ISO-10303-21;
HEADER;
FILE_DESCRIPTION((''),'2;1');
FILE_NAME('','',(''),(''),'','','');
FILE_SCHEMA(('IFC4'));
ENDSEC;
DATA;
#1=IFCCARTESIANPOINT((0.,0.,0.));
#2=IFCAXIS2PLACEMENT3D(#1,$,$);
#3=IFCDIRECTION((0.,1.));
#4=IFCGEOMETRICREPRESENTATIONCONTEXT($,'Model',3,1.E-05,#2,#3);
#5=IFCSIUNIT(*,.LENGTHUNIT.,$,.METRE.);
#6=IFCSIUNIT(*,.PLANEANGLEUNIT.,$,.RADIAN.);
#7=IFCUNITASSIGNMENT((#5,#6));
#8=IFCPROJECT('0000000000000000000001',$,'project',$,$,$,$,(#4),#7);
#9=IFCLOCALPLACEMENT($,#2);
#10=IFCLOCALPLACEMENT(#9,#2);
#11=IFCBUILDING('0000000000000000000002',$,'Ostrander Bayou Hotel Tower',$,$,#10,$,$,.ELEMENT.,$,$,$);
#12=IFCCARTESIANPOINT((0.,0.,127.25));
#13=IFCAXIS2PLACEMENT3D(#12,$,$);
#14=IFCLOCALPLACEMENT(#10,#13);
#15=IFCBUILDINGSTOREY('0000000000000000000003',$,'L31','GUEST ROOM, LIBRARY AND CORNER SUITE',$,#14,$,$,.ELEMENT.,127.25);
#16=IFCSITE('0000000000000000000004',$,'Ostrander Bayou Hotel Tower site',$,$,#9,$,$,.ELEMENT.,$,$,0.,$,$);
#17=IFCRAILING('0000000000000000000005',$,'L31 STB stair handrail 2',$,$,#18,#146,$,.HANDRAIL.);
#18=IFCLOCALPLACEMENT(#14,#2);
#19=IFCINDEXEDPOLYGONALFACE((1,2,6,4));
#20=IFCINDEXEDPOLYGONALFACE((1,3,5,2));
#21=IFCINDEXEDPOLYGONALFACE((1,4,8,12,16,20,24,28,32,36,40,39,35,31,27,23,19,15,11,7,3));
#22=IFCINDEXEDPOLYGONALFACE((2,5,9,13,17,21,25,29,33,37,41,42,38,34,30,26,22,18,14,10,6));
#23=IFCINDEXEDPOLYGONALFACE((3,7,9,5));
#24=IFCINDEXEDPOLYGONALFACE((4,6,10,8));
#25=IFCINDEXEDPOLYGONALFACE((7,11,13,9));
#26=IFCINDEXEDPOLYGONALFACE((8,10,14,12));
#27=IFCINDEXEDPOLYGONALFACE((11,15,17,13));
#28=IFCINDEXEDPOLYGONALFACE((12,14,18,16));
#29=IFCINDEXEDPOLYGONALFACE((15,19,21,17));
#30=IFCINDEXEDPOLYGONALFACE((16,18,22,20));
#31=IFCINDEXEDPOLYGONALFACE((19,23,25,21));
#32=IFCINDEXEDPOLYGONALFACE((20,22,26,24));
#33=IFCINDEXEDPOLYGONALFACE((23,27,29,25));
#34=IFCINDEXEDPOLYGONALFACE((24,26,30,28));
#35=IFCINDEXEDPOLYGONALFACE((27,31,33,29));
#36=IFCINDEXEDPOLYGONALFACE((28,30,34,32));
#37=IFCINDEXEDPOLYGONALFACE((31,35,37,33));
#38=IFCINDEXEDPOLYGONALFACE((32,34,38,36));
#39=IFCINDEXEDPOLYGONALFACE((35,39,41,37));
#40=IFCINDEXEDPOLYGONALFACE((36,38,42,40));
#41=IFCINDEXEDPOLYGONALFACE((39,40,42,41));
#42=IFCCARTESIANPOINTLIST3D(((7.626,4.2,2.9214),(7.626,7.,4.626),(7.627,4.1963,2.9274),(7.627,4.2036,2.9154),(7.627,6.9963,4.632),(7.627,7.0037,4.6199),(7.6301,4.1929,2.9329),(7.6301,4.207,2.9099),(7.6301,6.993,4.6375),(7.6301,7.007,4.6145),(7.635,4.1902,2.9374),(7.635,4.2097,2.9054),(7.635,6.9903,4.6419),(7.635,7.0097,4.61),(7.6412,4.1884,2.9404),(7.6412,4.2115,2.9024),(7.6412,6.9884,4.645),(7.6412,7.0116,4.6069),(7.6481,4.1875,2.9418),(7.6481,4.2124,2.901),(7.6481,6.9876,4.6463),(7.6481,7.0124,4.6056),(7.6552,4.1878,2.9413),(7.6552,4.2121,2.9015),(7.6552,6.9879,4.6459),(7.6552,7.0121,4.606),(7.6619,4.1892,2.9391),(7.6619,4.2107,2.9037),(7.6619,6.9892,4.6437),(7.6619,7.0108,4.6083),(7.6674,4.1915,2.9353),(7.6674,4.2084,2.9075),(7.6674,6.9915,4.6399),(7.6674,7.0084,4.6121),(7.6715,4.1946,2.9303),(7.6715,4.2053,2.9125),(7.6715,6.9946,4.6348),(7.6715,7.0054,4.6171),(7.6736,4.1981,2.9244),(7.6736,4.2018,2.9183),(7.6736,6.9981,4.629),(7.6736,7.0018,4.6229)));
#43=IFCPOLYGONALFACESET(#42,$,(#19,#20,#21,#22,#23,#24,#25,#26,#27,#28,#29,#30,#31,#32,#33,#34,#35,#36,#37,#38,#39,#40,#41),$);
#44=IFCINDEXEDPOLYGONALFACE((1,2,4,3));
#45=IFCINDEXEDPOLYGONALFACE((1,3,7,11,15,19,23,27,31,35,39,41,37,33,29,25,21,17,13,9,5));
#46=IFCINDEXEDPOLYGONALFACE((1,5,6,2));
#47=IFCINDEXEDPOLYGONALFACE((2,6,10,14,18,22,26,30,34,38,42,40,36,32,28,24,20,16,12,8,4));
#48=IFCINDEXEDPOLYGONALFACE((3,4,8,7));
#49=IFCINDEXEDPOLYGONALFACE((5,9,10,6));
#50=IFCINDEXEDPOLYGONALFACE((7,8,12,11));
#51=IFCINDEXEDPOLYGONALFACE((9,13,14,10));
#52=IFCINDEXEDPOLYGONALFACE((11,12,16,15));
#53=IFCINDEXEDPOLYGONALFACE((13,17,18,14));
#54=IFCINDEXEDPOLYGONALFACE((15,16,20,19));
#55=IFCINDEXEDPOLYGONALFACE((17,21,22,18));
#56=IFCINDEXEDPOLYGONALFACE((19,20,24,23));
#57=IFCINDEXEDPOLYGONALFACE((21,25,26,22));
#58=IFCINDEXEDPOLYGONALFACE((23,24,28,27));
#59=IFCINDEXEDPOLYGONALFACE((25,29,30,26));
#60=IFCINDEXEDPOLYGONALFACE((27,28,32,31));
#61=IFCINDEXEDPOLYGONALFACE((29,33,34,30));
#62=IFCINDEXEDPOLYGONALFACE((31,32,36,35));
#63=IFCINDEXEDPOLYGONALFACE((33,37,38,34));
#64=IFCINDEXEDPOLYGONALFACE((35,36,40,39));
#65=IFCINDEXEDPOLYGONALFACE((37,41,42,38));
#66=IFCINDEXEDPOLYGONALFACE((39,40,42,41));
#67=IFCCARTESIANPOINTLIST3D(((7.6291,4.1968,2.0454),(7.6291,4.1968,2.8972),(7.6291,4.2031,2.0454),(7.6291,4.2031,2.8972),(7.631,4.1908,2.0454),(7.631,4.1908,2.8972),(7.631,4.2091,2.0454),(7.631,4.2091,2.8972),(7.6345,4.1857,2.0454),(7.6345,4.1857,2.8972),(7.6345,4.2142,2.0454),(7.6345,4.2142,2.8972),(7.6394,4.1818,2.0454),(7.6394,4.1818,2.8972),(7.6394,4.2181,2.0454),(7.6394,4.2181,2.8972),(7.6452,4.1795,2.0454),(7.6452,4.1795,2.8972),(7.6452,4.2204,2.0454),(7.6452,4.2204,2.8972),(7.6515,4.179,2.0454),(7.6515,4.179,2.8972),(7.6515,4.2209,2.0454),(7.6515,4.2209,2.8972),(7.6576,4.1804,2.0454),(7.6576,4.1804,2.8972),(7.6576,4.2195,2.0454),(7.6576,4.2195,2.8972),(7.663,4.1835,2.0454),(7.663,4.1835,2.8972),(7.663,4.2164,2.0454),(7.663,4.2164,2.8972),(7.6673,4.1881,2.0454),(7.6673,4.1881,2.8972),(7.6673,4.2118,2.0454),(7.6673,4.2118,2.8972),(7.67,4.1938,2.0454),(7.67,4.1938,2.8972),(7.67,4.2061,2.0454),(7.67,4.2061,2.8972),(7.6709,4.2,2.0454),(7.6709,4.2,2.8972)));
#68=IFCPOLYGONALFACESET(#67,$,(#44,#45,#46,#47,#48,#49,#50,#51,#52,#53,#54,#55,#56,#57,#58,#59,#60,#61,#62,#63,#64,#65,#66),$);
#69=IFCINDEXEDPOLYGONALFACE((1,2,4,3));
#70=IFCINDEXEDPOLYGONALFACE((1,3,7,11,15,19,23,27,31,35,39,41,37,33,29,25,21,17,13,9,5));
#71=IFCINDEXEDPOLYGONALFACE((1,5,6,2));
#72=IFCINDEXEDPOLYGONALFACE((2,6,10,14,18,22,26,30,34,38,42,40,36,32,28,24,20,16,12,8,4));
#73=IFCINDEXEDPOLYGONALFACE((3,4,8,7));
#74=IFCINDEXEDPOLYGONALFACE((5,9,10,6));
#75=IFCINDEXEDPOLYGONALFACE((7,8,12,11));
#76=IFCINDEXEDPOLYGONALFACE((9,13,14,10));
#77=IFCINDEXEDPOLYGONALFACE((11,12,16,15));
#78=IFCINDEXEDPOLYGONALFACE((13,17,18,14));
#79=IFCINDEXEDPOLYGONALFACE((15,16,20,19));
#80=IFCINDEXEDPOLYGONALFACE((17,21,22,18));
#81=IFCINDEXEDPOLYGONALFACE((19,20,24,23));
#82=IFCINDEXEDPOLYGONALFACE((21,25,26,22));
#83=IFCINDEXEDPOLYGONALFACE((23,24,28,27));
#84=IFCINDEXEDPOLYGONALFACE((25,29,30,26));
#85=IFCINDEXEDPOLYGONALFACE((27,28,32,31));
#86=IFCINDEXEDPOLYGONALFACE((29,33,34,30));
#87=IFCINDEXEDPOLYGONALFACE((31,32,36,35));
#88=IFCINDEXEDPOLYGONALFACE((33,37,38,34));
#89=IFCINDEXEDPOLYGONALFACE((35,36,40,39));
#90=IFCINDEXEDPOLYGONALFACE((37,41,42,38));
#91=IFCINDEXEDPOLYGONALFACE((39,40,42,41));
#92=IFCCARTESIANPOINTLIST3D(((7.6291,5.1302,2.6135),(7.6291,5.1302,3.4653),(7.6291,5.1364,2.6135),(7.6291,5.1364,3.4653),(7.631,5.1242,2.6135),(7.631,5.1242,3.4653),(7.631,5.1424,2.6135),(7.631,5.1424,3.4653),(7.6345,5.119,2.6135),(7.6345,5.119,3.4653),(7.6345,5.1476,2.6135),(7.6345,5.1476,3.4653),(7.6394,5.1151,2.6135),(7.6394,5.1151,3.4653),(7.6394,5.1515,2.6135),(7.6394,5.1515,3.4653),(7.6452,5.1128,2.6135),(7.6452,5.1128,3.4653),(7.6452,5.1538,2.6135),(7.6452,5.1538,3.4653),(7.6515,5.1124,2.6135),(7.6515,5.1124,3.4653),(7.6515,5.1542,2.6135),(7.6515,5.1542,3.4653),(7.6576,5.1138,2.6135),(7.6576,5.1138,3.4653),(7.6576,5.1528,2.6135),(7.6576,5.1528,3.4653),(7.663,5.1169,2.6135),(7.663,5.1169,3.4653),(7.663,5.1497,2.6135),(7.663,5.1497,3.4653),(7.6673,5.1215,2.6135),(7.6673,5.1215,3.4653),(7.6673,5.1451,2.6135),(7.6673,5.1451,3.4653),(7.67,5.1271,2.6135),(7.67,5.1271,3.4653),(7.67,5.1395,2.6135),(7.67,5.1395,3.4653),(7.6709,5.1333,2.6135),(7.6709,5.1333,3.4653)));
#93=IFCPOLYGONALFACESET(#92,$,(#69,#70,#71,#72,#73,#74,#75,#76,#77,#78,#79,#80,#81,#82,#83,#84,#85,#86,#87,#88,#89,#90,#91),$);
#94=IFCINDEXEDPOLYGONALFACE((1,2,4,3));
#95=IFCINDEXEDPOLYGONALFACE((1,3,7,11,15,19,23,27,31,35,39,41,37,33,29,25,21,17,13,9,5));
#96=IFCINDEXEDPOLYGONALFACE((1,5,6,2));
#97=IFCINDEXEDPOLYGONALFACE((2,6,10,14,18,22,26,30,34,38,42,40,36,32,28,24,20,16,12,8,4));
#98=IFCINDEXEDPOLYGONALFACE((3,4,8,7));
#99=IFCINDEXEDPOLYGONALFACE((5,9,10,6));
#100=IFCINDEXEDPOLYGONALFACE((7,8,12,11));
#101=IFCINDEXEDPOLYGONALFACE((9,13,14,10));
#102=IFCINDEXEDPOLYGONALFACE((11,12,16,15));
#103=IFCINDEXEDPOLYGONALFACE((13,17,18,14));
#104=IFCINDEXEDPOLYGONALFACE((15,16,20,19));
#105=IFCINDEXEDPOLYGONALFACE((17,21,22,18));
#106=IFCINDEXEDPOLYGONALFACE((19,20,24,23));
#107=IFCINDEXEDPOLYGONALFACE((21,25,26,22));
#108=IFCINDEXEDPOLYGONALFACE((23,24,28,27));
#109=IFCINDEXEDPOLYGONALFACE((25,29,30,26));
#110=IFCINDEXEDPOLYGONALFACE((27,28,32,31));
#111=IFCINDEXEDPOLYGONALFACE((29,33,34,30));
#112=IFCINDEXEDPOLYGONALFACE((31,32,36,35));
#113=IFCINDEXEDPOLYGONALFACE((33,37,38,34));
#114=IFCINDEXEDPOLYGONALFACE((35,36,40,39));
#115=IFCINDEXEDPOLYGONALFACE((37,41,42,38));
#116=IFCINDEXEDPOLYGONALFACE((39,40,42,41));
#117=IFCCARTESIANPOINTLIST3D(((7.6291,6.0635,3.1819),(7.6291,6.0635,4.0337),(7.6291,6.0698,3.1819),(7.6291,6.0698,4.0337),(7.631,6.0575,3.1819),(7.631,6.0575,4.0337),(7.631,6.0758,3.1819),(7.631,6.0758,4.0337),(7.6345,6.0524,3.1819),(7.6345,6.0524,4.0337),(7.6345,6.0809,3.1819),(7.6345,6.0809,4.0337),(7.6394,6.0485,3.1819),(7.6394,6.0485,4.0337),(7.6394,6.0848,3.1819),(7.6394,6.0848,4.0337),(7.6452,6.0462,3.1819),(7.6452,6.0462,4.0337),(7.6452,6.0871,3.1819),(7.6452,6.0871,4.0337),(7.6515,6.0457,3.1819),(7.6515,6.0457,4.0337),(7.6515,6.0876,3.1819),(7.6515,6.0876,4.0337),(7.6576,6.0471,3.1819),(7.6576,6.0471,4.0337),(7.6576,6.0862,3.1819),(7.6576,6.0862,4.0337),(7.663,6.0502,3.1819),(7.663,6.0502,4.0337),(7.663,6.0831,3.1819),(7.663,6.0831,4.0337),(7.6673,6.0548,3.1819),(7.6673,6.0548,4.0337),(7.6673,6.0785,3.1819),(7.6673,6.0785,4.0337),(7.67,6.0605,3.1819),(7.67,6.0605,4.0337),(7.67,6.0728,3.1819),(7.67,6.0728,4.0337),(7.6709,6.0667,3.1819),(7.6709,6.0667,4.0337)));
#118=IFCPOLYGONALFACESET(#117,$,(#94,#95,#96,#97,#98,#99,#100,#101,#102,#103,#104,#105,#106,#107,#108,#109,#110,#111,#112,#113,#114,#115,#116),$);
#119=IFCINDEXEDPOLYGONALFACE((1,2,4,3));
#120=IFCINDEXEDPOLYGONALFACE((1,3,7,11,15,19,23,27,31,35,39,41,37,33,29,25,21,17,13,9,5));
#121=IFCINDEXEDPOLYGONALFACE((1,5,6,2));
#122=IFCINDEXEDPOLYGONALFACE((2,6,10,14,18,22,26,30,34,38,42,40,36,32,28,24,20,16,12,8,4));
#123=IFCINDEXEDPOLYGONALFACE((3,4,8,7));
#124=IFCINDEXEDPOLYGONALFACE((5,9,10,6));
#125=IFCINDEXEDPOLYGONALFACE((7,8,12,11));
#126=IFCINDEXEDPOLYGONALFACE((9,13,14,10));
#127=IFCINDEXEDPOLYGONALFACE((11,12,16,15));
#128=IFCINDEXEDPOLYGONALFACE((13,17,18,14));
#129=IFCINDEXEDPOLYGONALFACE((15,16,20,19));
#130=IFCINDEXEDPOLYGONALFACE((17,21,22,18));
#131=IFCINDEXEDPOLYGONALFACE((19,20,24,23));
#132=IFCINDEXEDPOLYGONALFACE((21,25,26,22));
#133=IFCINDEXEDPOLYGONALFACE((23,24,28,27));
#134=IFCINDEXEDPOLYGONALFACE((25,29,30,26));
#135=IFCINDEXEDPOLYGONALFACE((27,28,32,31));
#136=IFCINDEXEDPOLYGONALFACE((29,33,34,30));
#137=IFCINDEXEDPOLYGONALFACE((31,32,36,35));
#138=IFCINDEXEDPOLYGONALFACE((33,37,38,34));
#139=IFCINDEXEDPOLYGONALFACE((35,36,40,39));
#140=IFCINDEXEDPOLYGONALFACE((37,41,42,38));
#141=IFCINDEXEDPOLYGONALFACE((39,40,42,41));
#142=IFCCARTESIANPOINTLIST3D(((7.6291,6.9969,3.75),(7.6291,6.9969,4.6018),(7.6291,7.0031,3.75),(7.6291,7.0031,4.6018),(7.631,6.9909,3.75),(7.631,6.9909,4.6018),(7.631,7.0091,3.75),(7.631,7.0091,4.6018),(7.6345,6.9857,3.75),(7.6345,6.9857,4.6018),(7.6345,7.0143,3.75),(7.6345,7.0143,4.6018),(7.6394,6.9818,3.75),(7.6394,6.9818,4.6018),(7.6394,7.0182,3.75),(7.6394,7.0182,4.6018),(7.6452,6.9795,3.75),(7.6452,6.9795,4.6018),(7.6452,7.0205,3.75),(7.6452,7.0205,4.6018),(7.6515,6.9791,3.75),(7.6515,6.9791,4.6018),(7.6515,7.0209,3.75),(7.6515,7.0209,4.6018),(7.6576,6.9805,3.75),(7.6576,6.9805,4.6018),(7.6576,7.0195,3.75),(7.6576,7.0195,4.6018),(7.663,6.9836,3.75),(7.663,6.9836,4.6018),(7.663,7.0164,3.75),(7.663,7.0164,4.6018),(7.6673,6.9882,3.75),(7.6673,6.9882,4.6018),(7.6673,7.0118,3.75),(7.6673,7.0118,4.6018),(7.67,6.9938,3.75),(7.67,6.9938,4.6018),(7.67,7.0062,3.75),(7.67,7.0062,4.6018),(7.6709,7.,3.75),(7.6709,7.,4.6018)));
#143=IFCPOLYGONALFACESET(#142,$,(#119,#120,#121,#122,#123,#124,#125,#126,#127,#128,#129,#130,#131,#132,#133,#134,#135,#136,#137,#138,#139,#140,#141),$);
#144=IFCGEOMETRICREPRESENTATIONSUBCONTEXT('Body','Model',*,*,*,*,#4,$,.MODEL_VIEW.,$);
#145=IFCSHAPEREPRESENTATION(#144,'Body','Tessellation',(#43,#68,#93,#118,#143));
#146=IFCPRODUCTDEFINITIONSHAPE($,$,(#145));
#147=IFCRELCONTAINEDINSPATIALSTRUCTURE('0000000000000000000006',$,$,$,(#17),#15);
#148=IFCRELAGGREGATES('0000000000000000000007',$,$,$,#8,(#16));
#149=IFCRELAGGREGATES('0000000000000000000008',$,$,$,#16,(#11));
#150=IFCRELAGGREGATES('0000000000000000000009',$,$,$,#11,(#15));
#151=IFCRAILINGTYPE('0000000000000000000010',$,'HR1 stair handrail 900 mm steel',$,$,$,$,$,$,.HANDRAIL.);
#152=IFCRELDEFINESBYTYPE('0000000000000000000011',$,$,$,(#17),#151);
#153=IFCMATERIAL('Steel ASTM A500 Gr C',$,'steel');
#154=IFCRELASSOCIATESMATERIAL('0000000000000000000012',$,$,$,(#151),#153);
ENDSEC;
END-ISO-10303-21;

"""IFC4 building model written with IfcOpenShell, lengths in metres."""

from ifc_helpers import new_model, si_unit, direction, frame, origin, origin_2d, place, context, subcontext, project, spatial, circle, extrude, material, type_object, element, save


model = new_model("IFC4")

# Units and contexts
model_context = context("Model", 3, precision=1e-05, world=origin(), true_north=direction((0.0, 1.0)))
body_context = subcontext(model_context, "Body", "Model", "MODEL_VIEW")
ifc_project = project(units=[si_unit("LENGTHUNIT", "METRE"), si_unit("PLANEANGLEUNIT", "RADIAN")], contexts=[model_context])

# Site, building, storey
site_placement = place(None, origin())
site = spatial("IfcSite", under=ifc_project, at=site_placement, Name="Ostrander Bayou Hotel Tower site", CompositionType="ELEMENT", RefElevation=0.0)
building_placement = place(site_placement, origin())
building = spatial("IfcBuilding", under=site, at=building_placement, Name="Ostrander Bayou Hotel Tower", CompositionType="ELEMENT")
storey_placement = place(building_placement, frame((0.0, 0.0, 127.25)))
storey = spatial("IfcBuildingStorey", under=building, at=storey_placement, Name="L31", Description="GUEST ROOM, LIBRARY AND CORNER SUITE", CompositionType="ELEMENT", Elevation=127.25)

# Railing
ifc_material_1 = material(Name="Steel ASTM A500 Gr C", Category="steel")
railing_type_1 = type_object("IfcRailingType", Name="HR1 stair handrail 900 mm steel", PredefinedType="HANDRAIL", material=ifc_material_1)
railing_1_placement = place(storey_placement, frame((7.6499, 4.2, 2.0454)))
element("IfcRailing", 1, at=railing_1_placement, inside=storey, type_object=railing_type_1, Name="L31 STB stair handrail 2", PredefinedType="HANDRAIL", context=body_context, shape_type="SweptSolid", body=[
    extrude(circle(Radius=0.0239, at=origin_2d()), frame((0.0, 0.0, 0.876), z_axis=(0.0, 0.85417, 0.519994), x_axis=(-1.0, 0.0, 0.0)), (0.0, 0.0, 1.0), 3.2781),
    extrude(circle(Radius=0.021, at=origin_2d()), origin(), (0.0, 0.0, 1.0), 0.8518),
    extrude(circle(Radius=0.021, at=origin_2d()), frame((0.0, 0.9333, 0.5681)), (0.0, 0.0, 1.0), 0.8518),
    extrude(circle(Radius=0.021, at=origin_2d()), frame((0.0, 1.8667, 1.1365)), (0.0, 0.0, 1.0), 0.8518),
    extrude(circle(Radius=0.021, at=origin_2d()), frame((0.0, 2.8, 1.7046)), (0.0, 0.0, 1.0), 0.8518),
])

save(model, "model.ifc")
